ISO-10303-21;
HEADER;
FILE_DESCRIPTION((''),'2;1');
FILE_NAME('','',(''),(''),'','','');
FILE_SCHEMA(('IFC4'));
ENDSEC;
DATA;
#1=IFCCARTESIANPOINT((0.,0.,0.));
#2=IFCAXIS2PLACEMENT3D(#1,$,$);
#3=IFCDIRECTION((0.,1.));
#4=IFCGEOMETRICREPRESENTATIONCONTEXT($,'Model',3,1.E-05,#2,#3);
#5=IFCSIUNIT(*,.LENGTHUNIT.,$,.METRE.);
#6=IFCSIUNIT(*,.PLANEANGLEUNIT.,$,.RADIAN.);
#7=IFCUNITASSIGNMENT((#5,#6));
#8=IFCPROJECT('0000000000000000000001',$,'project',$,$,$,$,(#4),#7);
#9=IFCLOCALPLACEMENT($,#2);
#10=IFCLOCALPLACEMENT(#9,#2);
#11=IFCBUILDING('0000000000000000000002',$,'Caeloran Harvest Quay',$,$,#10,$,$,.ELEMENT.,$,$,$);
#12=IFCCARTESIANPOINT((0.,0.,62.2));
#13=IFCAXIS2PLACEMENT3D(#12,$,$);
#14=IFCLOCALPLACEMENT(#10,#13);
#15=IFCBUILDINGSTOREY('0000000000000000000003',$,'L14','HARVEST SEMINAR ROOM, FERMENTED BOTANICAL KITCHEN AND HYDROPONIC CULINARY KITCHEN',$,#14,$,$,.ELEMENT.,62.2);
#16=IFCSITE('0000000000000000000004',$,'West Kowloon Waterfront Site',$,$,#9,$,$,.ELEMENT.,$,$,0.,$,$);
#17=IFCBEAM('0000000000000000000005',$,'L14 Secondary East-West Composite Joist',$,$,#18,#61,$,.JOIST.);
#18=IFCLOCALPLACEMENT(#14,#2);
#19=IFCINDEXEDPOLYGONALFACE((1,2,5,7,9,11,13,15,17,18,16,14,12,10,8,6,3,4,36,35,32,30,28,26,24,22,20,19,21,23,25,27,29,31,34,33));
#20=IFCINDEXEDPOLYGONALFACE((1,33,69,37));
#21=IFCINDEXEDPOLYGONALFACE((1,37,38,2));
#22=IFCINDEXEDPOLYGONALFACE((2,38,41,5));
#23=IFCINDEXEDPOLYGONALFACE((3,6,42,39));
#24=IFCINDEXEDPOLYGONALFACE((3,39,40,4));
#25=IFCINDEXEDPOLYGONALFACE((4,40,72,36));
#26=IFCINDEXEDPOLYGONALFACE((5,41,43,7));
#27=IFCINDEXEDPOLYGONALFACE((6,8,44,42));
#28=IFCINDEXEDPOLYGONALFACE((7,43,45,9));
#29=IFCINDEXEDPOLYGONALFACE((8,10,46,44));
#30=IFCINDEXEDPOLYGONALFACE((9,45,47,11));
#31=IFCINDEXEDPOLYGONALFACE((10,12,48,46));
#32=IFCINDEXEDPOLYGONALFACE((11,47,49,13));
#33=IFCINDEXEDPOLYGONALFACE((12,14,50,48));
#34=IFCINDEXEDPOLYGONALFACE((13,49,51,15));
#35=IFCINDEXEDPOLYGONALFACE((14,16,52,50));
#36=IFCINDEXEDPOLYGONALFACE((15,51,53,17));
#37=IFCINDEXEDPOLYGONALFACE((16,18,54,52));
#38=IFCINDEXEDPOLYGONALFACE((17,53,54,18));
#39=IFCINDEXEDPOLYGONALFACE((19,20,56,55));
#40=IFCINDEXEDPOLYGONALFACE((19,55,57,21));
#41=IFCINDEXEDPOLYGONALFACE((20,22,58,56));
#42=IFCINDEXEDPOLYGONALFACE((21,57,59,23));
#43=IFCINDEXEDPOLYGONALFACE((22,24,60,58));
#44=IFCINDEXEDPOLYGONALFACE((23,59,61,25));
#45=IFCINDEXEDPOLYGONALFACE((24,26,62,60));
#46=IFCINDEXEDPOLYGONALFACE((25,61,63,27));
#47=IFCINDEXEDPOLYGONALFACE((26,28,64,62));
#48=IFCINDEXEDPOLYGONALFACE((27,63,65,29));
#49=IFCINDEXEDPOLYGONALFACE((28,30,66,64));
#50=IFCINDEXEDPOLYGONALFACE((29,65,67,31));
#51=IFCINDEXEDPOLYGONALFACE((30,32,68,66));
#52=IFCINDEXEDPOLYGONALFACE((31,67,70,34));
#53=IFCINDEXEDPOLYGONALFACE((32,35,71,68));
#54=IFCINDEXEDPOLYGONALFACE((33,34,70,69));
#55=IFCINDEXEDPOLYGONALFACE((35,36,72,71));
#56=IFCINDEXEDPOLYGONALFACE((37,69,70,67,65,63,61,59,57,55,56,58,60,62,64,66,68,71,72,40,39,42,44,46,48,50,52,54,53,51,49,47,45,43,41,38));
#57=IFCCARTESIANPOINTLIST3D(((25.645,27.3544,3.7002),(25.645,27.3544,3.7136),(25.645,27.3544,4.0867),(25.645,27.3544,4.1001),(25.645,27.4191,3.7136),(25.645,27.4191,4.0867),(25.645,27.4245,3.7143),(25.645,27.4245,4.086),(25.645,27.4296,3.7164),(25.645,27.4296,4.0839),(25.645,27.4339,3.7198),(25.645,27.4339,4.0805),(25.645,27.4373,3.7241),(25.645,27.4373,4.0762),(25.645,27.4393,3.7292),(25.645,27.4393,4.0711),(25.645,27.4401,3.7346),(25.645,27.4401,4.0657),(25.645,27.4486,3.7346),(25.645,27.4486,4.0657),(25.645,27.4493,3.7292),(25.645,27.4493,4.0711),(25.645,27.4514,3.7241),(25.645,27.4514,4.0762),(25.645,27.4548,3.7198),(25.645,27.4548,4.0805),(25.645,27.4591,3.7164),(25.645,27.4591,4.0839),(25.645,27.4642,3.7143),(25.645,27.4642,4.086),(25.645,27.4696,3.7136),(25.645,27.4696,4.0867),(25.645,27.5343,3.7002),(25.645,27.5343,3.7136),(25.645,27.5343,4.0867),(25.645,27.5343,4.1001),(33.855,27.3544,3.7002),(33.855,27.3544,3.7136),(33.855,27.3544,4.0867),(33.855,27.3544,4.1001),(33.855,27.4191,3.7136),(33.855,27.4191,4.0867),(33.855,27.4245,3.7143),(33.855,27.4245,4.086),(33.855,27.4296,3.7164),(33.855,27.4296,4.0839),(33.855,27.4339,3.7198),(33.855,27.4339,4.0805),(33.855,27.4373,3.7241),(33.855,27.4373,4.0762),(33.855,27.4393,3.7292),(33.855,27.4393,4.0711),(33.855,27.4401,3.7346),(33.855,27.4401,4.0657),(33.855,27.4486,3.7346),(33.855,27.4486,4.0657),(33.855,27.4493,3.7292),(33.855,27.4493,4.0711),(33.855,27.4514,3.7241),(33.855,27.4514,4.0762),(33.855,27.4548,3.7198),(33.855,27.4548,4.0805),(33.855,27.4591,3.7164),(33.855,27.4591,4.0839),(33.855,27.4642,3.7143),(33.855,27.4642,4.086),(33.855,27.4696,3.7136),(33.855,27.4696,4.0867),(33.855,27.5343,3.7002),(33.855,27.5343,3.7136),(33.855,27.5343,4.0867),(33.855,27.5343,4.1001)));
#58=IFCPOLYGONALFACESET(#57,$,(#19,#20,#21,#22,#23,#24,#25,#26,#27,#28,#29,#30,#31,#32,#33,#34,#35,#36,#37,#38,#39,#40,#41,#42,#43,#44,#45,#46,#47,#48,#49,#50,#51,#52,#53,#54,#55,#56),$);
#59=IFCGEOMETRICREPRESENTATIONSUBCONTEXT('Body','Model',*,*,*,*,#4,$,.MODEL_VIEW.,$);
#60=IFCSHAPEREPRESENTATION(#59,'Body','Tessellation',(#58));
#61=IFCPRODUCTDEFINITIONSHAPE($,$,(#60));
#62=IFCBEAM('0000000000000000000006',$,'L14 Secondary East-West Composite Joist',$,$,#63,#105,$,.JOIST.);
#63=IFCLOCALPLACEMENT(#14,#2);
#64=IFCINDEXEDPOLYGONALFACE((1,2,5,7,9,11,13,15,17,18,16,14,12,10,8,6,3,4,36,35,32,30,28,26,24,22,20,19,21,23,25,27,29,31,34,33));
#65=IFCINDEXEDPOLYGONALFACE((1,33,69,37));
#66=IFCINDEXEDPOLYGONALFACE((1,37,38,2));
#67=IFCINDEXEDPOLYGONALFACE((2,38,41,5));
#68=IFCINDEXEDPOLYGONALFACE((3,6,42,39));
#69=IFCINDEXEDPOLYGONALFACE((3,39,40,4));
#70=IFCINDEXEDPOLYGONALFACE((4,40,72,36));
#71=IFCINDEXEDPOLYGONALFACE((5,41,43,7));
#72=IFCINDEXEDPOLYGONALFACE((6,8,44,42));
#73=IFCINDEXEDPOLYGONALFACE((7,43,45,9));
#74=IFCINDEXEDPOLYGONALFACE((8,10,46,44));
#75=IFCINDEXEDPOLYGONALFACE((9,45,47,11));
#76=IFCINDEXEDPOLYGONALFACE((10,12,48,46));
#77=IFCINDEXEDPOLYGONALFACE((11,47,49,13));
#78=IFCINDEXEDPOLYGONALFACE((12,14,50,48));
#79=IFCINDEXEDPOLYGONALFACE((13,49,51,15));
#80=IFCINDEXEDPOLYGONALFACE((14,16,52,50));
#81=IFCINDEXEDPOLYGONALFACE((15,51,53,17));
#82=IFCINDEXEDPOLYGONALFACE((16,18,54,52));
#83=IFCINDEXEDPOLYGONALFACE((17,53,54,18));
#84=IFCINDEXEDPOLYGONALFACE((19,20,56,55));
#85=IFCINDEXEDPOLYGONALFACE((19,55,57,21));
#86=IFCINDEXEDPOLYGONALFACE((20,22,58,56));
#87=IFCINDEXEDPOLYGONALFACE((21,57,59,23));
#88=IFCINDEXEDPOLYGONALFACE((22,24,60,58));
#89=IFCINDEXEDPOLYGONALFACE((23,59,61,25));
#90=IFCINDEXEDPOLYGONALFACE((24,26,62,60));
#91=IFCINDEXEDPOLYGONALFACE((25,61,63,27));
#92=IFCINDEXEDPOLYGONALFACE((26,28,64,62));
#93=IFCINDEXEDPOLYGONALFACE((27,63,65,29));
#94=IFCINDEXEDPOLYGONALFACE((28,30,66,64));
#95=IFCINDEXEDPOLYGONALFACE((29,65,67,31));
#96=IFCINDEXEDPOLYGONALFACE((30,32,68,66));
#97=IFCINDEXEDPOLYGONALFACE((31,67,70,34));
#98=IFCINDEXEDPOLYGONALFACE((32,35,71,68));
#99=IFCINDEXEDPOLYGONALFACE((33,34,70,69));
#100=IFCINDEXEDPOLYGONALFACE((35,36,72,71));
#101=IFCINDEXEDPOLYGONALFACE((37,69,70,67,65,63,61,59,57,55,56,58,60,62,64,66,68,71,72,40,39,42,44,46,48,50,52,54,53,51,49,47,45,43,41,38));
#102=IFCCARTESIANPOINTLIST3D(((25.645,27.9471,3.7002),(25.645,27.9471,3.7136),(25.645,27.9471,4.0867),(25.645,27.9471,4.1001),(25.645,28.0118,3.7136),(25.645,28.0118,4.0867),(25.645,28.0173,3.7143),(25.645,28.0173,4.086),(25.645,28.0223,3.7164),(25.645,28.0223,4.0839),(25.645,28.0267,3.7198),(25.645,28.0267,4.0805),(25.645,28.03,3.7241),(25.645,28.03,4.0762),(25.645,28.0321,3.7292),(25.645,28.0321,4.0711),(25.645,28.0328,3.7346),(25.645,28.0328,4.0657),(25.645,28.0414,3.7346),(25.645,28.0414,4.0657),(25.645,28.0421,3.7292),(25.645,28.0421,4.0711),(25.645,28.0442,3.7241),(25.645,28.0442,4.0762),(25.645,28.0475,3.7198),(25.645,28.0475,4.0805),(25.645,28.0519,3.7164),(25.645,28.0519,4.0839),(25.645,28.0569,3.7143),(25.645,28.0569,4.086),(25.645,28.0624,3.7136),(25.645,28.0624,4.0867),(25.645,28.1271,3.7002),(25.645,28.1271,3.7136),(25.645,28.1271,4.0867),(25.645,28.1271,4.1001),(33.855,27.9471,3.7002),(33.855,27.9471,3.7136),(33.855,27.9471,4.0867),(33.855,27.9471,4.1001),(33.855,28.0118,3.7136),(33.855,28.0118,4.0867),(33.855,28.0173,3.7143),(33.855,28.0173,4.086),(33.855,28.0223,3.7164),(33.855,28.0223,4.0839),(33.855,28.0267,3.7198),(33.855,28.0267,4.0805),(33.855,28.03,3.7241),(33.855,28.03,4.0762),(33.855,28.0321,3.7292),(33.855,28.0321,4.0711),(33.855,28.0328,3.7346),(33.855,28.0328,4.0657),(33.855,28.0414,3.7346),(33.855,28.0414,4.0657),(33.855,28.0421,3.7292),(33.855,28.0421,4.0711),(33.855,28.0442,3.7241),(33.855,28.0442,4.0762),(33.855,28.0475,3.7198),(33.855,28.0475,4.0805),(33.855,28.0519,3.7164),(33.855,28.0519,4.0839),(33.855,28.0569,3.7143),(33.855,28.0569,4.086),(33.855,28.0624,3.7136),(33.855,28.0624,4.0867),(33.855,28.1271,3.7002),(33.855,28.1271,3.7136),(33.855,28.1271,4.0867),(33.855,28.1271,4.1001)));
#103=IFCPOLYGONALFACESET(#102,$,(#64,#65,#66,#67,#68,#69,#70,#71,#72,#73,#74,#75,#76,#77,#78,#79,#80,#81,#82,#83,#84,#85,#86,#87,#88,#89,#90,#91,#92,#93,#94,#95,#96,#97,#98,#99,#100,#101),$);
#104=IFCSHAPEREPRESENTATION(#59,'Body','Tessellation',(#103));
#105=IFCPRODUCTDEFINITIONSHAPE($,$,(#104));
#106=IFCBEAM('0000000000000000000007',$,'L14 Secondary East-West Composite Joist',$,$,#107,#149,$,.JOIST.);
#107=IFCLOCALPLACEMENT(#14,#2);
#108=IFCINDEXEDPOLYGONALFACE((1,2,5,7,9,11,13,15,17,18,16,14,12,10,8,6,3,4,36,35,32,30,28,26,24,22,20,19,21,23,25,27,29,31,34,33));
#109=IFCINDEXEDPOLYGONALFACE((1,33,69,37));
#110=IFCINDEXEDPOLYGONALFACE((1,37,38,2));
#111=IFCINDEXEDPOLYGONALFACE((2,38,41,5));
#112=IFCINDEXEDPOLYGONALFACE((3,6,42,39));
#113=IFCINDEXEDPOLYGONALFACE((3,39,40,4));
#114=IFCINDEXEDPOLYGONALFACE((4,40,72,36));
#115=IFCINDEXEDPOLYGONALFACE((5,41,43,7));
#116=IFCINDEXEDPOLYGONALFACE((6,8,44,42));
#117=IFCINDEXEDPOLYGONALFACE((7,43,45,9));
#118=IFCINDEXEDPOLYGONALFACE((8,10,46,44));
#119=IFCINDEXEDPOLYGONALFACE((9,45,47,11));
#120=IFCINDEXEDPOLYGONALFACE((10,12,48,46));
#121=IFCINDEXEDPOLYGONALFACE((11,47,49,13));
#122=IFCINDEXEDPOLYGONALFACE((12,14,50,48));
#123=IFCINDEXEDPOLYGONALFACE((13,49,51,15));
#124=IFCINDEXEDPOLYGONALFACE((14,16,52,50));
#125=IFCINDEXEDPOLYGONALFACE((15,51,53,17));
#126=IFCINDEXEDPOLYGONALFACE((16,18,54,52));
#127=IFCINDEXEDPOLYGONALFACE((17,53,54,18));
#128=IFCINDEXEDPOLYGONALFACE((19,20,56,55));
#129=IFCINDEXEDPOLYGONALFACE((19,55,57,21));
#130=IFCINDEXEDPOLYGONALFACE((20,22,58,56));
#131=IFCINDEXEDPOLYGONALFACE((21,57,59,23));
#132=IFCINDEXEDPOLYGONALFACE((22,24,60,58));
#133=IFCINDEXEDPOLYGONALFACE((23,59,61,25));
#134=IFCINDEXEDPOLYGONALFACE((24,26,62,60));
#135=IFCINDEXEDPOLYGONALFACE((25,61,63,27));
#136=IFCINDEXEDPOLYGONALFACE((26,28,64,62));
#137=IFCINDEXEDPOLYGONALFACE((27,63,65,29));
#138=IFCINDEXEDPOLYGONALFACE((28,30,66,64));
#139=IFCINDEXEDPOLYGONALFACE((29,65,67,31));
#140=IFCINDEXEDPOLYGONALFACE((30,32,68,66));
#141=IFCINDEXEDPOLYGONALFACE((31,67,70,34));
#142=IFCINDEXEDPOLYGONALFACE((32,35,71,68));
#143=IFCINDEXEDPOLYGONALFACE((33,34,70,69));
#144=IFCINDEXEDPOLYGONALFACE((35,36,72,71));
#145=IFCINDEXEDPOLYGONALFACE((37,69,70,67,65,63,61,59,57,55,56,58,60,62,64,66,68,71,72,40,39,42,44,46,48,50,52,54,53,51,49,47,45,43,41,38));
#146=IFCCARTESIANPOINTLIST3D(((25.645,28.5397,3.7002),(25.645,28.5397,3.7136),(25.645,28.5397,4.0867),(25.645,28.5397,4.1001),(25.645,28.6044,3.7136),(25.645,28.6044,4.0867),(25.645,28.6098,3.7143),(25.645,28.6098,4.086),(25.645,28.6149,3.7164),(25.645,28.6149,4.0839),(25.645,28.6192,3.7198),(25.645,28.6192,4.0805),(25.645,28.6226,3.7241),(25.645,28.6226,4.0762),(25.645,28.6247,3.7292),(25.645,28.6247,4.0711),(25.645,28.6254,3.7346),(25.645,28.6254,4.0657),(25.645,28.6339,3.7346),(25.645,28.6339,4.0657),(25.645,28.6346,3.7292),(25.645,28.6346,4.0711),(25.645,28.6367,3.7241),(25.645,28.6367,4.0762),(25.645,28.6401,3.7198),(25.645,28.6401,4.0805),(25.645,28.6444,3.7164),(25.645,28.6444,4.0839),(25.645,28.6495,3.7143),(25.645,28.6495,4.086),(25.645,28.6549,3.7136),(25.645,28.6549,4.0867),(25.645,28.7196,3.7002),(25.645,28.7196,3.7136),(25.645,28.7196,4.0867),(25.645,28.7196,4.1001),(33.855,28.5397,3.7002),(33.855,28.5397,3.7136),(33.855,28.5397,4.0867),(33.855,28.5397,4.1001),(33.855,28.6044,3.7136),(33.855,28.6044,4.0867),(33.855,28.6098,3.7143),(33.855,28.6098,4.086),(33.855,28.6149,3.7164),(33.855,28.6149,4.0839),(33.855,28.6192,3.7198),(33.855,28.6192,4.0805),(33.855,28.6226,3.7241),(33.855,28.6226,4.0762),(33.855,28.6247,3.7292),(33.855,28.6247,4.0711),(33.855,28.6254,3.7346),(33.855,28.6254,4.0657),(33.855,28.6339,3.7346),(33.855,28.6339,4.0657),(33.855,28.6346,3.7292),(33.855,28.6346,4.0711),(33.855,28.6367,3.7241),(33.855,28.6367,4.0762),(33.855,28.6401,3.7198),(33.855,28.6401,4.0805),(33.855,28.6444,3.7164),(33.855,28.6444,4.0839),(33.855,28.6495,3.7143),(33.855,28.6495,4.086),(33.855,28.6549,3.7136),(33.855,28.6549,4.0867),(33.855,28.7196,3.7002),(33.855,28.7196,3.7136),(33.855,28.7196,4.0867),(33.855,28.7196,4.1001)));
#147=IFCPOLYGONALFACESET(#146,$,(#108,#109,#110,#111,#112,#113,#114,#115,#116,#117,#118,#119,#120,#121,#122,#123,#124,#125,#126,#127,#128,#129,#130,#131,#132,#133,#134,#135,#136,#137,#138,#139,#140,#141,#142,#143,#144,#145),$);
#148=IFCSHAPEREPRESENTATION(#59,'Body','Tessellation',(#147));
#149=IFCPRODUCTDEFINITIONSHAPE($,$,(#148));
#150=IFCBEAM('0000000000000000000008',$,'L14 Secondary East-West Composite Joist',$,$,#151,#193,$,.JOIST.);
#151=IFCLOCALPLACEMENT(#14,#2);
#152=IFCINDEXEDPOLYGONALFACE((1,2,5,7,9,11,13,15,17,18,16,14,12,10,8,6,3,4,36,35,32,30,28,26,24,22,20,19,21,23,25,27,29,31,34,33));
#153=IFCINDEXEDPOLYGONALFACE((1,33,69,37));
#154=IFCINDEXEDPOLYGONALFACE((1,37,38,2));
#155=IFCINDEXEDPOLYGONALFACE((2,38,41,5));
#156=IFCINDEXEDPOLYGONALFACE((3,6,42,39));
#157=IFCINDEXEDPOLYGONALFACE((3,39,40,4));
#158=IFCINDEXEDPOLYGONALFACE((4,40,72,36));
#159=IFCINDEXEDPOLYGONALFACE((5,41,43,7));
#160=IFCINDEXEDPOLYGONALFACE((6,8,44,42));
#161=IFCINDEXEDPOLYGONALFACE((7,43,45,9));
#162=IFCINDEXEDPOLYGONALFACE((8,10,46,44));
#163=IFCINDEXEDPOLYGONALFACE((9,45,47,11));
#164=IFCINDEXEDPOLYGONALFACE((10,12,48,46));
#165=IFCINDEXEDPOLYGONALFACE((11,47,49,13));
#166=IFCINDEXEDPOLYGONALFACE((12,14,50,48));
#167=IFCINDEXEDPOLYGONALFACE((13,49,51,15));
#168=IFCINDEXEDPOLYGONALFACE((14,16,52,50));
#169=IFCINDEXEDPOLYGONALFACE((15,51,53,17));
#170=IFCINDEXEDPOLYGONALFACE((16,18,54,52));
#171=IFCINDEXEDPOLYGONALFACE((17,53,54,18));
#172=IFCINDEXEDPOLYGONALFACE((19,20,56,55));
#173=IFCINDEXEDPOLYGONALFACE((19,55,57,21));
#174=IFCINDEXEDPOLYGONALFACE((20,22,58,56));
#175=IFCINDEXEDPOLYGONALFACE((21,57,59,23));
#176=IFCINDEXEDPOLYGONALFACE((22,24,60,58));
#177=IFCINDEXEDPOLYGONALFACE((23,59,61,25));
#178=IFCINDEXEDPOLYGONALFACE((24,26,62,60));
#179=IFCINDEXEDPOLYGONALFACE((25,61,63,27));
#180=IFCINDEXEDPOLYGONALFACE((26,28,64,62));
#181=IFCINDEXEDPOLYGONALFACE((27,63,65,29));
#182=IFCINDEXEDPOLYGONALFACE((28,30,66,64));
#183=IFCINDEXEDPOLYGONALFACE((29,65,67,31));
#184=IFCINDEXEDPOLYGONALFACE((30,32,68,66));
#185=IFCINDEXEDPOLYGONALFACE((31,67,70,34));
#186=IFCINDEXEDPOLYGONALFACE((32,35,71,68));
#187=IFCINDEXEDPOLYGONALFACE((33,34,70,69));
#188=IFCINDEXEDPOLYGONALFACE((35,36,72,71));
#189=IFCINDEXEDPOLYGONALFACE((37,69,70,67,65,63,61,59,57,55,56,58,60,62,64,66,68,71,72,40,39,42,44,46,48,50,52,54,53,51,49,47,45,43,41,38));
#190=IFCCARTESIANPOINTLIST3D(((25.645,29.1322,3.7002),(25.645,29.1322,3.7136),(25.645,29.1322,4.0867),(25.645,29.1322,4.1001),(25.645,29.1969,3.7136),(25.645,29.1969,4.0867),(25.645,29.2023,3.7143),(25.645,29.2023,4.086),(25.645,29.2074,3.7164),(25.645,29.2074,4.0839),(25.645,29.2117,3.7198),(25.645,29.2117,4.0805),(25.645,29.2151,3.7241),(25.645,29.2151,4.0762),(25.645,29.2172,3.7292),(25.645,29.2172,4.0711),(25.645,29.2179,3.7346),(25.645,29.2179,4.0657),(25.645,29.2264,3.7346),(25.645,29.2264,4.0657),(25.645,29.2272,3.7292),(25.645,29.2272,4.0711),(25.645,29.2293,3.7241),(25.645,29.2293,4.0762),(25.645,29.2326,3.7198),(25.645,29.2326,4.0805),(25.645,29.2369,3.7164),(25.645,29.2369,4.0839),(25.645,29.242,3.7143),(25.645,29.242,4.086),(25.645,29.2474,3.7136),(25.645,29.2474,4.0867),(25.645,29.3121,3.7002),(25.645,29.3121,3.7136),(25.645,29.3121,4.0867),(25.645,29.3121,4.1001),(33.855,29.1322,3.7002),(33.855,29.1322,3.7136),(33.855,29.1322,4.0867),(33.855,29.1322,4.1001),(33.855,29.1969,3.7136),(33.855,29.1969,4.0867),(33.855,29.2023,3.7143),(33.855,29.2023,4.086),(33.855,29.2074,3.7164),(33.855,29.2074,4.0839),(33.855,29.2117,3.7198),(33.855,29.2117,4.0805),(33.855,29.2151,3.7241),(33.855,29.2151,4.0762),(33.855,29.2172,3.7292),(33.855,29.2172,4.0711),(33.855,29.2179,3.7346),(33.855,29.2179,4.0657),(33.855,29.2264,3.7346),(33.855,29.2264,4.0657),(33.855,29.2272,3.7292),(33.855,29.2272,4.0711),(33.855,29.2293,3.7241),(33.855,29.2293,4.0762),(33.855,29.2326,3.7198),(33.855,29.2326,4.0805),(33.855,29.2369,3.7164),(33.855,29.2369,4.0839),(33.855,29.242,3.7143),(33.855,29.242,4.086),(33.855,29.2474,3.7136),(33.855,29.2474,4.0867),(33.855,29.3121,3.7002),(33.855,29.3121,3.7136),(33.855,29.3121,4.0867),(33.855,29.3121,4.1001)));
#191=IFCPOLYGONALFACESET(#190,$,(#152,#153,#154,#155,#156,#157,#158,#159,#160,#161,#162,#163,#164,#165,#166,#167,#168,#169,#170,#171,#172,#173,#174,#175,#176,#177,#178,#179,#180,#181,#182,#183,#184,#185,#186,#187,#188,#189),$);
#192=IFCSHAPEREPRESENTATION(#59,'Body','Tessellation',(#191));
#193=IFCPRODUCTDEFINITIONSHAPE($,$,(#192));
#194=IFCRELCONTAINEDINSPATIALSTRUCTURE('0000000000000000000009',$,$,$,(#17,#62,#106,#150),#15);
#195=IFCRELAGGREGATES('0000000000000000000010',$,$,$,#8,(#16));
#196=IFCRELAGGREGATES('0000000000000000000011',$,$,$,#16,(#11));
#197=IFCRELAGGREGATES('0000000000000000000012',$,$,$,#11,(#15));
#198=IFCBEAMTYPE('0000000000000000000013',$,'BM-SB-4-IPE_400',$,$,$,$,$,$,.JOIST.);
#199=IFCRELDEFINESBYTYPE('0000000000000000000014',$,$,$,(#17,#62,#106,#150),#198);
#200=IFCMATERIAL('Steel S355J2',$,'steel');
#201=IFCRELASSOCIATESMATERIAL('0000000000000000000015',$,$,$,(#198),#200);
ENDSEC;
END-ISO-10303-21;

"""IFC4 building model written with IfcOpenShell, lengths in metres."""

from ifc_helpers import new_model, si_unit, direction, frame, origin, origin_2d, place, context, subcontext, project, spatial, i_section, extrude, material, material_profile, profile_set, type_object, element, save


model = new_model("IFC4")

# Units and contexts
model_context = context("Model", 3, precision=1e-05, world=origin(), true_north=direction((0.0, 1.0)))
body_context = subcontext(model_context, "Body", "Model", "MODEL_VIEW")
ifc_project = project(units=[si_unit("LENGTHUNIT", "METRE"), si_unit("PLANEANGLEUNIT", "RADIAN")], contexts=[model_context])

# Site, building, storey
site_placement = place(None, origin())
site = spatial("IfcSite", under=ifc_project, at=site_placement, Name="West Kowloon Waterfront Site", CompositionType="ELEMENT", RefElevation=0.0)
building_placement = place(site_placement, origin())
building = spatial("IfcBuilding", under=site, at=building_placement, Name="Caeloran Harvest Quay", CompositionType="ELEMENT")
storey_placement = place(building_placement, frame((0.0, 0.0, 62.2)))
storey = spatial("IfcBuildingStorey", under=building, at=storey_placement, Name="L14", Description="HARVEST SEMINAR ROOM, FERMENTED BOTANICAL KITCHEN AND HYDROPONIC CULINARY KITCHEN", CompositionType="ELEMENT", Elevation=62.2)

# Beams
ifc_material_1 = material(Name="Steel S355J2", Category="steel")
ifc_material_profile_1 = material_profile(ifc_material_1, i_section(OverallWidth=0.1799, OverallDepth=0.3999, WebThickness=0.0085, FlangeThickness=0.0134, FilletRadius=0.021, at=origin_2d()), Name="IPE 400")
ifc_profile_set_1 = profile_set([ifc_material_profile_1], Name="Steel S355J2")
beam_type_1 = type_object("IfcBeamType", Name="BM-SB-4-IPE_400", PredefinedType="JOIST", material=ifc_profile_set_1)
for number, where, z_axis, x_axis, name in (
    (1, (25.645, 27.4443, 3.9001), (1.0, 0.0, 0.0), (0.0, 1.0, 0.0), "L14 Secondary East-West Composite Joist"),
    (2, (25.645, 28.0371, 3.9001), (1.0, 0.0, 0.0), (0.0, 1.0, 0.0), "L14 Secondary East-West Composite Joist"),
    (3, (25.645, 28.6296, 3.9001), (1.0, 0.0, 0.0), (0.0, 1.0, 0.0), "L14 Secondary East-West Composite Joist"),
    (4, (25.645, 29.2222, 3.9001), (1.0, 0.0, 0.0), (0.0, 1.0, 0.0), "L14 Secondary East-West Composite Joist"),
):
    element("IfcBeam", number, at=place(storey_placement, frame(where, z_axis=z_axis, x_axis=x_axis)), inside=storey, type_object=beam_type_1, Name=name, PredefinedType="JOIST", context=body_context, shape_type="SweptSolid", body=[
        extrude(i_section(OverallWidth=0.1799, OverallDepth=0.3999, WebThickness=0.0085, FlangeThickness=0.0134, FilletRadius=0.021, at=origin_2d()), origin(), (0.0, 0.0, 1.0), 8.21),
    ])

save(model, "model.ifc")
